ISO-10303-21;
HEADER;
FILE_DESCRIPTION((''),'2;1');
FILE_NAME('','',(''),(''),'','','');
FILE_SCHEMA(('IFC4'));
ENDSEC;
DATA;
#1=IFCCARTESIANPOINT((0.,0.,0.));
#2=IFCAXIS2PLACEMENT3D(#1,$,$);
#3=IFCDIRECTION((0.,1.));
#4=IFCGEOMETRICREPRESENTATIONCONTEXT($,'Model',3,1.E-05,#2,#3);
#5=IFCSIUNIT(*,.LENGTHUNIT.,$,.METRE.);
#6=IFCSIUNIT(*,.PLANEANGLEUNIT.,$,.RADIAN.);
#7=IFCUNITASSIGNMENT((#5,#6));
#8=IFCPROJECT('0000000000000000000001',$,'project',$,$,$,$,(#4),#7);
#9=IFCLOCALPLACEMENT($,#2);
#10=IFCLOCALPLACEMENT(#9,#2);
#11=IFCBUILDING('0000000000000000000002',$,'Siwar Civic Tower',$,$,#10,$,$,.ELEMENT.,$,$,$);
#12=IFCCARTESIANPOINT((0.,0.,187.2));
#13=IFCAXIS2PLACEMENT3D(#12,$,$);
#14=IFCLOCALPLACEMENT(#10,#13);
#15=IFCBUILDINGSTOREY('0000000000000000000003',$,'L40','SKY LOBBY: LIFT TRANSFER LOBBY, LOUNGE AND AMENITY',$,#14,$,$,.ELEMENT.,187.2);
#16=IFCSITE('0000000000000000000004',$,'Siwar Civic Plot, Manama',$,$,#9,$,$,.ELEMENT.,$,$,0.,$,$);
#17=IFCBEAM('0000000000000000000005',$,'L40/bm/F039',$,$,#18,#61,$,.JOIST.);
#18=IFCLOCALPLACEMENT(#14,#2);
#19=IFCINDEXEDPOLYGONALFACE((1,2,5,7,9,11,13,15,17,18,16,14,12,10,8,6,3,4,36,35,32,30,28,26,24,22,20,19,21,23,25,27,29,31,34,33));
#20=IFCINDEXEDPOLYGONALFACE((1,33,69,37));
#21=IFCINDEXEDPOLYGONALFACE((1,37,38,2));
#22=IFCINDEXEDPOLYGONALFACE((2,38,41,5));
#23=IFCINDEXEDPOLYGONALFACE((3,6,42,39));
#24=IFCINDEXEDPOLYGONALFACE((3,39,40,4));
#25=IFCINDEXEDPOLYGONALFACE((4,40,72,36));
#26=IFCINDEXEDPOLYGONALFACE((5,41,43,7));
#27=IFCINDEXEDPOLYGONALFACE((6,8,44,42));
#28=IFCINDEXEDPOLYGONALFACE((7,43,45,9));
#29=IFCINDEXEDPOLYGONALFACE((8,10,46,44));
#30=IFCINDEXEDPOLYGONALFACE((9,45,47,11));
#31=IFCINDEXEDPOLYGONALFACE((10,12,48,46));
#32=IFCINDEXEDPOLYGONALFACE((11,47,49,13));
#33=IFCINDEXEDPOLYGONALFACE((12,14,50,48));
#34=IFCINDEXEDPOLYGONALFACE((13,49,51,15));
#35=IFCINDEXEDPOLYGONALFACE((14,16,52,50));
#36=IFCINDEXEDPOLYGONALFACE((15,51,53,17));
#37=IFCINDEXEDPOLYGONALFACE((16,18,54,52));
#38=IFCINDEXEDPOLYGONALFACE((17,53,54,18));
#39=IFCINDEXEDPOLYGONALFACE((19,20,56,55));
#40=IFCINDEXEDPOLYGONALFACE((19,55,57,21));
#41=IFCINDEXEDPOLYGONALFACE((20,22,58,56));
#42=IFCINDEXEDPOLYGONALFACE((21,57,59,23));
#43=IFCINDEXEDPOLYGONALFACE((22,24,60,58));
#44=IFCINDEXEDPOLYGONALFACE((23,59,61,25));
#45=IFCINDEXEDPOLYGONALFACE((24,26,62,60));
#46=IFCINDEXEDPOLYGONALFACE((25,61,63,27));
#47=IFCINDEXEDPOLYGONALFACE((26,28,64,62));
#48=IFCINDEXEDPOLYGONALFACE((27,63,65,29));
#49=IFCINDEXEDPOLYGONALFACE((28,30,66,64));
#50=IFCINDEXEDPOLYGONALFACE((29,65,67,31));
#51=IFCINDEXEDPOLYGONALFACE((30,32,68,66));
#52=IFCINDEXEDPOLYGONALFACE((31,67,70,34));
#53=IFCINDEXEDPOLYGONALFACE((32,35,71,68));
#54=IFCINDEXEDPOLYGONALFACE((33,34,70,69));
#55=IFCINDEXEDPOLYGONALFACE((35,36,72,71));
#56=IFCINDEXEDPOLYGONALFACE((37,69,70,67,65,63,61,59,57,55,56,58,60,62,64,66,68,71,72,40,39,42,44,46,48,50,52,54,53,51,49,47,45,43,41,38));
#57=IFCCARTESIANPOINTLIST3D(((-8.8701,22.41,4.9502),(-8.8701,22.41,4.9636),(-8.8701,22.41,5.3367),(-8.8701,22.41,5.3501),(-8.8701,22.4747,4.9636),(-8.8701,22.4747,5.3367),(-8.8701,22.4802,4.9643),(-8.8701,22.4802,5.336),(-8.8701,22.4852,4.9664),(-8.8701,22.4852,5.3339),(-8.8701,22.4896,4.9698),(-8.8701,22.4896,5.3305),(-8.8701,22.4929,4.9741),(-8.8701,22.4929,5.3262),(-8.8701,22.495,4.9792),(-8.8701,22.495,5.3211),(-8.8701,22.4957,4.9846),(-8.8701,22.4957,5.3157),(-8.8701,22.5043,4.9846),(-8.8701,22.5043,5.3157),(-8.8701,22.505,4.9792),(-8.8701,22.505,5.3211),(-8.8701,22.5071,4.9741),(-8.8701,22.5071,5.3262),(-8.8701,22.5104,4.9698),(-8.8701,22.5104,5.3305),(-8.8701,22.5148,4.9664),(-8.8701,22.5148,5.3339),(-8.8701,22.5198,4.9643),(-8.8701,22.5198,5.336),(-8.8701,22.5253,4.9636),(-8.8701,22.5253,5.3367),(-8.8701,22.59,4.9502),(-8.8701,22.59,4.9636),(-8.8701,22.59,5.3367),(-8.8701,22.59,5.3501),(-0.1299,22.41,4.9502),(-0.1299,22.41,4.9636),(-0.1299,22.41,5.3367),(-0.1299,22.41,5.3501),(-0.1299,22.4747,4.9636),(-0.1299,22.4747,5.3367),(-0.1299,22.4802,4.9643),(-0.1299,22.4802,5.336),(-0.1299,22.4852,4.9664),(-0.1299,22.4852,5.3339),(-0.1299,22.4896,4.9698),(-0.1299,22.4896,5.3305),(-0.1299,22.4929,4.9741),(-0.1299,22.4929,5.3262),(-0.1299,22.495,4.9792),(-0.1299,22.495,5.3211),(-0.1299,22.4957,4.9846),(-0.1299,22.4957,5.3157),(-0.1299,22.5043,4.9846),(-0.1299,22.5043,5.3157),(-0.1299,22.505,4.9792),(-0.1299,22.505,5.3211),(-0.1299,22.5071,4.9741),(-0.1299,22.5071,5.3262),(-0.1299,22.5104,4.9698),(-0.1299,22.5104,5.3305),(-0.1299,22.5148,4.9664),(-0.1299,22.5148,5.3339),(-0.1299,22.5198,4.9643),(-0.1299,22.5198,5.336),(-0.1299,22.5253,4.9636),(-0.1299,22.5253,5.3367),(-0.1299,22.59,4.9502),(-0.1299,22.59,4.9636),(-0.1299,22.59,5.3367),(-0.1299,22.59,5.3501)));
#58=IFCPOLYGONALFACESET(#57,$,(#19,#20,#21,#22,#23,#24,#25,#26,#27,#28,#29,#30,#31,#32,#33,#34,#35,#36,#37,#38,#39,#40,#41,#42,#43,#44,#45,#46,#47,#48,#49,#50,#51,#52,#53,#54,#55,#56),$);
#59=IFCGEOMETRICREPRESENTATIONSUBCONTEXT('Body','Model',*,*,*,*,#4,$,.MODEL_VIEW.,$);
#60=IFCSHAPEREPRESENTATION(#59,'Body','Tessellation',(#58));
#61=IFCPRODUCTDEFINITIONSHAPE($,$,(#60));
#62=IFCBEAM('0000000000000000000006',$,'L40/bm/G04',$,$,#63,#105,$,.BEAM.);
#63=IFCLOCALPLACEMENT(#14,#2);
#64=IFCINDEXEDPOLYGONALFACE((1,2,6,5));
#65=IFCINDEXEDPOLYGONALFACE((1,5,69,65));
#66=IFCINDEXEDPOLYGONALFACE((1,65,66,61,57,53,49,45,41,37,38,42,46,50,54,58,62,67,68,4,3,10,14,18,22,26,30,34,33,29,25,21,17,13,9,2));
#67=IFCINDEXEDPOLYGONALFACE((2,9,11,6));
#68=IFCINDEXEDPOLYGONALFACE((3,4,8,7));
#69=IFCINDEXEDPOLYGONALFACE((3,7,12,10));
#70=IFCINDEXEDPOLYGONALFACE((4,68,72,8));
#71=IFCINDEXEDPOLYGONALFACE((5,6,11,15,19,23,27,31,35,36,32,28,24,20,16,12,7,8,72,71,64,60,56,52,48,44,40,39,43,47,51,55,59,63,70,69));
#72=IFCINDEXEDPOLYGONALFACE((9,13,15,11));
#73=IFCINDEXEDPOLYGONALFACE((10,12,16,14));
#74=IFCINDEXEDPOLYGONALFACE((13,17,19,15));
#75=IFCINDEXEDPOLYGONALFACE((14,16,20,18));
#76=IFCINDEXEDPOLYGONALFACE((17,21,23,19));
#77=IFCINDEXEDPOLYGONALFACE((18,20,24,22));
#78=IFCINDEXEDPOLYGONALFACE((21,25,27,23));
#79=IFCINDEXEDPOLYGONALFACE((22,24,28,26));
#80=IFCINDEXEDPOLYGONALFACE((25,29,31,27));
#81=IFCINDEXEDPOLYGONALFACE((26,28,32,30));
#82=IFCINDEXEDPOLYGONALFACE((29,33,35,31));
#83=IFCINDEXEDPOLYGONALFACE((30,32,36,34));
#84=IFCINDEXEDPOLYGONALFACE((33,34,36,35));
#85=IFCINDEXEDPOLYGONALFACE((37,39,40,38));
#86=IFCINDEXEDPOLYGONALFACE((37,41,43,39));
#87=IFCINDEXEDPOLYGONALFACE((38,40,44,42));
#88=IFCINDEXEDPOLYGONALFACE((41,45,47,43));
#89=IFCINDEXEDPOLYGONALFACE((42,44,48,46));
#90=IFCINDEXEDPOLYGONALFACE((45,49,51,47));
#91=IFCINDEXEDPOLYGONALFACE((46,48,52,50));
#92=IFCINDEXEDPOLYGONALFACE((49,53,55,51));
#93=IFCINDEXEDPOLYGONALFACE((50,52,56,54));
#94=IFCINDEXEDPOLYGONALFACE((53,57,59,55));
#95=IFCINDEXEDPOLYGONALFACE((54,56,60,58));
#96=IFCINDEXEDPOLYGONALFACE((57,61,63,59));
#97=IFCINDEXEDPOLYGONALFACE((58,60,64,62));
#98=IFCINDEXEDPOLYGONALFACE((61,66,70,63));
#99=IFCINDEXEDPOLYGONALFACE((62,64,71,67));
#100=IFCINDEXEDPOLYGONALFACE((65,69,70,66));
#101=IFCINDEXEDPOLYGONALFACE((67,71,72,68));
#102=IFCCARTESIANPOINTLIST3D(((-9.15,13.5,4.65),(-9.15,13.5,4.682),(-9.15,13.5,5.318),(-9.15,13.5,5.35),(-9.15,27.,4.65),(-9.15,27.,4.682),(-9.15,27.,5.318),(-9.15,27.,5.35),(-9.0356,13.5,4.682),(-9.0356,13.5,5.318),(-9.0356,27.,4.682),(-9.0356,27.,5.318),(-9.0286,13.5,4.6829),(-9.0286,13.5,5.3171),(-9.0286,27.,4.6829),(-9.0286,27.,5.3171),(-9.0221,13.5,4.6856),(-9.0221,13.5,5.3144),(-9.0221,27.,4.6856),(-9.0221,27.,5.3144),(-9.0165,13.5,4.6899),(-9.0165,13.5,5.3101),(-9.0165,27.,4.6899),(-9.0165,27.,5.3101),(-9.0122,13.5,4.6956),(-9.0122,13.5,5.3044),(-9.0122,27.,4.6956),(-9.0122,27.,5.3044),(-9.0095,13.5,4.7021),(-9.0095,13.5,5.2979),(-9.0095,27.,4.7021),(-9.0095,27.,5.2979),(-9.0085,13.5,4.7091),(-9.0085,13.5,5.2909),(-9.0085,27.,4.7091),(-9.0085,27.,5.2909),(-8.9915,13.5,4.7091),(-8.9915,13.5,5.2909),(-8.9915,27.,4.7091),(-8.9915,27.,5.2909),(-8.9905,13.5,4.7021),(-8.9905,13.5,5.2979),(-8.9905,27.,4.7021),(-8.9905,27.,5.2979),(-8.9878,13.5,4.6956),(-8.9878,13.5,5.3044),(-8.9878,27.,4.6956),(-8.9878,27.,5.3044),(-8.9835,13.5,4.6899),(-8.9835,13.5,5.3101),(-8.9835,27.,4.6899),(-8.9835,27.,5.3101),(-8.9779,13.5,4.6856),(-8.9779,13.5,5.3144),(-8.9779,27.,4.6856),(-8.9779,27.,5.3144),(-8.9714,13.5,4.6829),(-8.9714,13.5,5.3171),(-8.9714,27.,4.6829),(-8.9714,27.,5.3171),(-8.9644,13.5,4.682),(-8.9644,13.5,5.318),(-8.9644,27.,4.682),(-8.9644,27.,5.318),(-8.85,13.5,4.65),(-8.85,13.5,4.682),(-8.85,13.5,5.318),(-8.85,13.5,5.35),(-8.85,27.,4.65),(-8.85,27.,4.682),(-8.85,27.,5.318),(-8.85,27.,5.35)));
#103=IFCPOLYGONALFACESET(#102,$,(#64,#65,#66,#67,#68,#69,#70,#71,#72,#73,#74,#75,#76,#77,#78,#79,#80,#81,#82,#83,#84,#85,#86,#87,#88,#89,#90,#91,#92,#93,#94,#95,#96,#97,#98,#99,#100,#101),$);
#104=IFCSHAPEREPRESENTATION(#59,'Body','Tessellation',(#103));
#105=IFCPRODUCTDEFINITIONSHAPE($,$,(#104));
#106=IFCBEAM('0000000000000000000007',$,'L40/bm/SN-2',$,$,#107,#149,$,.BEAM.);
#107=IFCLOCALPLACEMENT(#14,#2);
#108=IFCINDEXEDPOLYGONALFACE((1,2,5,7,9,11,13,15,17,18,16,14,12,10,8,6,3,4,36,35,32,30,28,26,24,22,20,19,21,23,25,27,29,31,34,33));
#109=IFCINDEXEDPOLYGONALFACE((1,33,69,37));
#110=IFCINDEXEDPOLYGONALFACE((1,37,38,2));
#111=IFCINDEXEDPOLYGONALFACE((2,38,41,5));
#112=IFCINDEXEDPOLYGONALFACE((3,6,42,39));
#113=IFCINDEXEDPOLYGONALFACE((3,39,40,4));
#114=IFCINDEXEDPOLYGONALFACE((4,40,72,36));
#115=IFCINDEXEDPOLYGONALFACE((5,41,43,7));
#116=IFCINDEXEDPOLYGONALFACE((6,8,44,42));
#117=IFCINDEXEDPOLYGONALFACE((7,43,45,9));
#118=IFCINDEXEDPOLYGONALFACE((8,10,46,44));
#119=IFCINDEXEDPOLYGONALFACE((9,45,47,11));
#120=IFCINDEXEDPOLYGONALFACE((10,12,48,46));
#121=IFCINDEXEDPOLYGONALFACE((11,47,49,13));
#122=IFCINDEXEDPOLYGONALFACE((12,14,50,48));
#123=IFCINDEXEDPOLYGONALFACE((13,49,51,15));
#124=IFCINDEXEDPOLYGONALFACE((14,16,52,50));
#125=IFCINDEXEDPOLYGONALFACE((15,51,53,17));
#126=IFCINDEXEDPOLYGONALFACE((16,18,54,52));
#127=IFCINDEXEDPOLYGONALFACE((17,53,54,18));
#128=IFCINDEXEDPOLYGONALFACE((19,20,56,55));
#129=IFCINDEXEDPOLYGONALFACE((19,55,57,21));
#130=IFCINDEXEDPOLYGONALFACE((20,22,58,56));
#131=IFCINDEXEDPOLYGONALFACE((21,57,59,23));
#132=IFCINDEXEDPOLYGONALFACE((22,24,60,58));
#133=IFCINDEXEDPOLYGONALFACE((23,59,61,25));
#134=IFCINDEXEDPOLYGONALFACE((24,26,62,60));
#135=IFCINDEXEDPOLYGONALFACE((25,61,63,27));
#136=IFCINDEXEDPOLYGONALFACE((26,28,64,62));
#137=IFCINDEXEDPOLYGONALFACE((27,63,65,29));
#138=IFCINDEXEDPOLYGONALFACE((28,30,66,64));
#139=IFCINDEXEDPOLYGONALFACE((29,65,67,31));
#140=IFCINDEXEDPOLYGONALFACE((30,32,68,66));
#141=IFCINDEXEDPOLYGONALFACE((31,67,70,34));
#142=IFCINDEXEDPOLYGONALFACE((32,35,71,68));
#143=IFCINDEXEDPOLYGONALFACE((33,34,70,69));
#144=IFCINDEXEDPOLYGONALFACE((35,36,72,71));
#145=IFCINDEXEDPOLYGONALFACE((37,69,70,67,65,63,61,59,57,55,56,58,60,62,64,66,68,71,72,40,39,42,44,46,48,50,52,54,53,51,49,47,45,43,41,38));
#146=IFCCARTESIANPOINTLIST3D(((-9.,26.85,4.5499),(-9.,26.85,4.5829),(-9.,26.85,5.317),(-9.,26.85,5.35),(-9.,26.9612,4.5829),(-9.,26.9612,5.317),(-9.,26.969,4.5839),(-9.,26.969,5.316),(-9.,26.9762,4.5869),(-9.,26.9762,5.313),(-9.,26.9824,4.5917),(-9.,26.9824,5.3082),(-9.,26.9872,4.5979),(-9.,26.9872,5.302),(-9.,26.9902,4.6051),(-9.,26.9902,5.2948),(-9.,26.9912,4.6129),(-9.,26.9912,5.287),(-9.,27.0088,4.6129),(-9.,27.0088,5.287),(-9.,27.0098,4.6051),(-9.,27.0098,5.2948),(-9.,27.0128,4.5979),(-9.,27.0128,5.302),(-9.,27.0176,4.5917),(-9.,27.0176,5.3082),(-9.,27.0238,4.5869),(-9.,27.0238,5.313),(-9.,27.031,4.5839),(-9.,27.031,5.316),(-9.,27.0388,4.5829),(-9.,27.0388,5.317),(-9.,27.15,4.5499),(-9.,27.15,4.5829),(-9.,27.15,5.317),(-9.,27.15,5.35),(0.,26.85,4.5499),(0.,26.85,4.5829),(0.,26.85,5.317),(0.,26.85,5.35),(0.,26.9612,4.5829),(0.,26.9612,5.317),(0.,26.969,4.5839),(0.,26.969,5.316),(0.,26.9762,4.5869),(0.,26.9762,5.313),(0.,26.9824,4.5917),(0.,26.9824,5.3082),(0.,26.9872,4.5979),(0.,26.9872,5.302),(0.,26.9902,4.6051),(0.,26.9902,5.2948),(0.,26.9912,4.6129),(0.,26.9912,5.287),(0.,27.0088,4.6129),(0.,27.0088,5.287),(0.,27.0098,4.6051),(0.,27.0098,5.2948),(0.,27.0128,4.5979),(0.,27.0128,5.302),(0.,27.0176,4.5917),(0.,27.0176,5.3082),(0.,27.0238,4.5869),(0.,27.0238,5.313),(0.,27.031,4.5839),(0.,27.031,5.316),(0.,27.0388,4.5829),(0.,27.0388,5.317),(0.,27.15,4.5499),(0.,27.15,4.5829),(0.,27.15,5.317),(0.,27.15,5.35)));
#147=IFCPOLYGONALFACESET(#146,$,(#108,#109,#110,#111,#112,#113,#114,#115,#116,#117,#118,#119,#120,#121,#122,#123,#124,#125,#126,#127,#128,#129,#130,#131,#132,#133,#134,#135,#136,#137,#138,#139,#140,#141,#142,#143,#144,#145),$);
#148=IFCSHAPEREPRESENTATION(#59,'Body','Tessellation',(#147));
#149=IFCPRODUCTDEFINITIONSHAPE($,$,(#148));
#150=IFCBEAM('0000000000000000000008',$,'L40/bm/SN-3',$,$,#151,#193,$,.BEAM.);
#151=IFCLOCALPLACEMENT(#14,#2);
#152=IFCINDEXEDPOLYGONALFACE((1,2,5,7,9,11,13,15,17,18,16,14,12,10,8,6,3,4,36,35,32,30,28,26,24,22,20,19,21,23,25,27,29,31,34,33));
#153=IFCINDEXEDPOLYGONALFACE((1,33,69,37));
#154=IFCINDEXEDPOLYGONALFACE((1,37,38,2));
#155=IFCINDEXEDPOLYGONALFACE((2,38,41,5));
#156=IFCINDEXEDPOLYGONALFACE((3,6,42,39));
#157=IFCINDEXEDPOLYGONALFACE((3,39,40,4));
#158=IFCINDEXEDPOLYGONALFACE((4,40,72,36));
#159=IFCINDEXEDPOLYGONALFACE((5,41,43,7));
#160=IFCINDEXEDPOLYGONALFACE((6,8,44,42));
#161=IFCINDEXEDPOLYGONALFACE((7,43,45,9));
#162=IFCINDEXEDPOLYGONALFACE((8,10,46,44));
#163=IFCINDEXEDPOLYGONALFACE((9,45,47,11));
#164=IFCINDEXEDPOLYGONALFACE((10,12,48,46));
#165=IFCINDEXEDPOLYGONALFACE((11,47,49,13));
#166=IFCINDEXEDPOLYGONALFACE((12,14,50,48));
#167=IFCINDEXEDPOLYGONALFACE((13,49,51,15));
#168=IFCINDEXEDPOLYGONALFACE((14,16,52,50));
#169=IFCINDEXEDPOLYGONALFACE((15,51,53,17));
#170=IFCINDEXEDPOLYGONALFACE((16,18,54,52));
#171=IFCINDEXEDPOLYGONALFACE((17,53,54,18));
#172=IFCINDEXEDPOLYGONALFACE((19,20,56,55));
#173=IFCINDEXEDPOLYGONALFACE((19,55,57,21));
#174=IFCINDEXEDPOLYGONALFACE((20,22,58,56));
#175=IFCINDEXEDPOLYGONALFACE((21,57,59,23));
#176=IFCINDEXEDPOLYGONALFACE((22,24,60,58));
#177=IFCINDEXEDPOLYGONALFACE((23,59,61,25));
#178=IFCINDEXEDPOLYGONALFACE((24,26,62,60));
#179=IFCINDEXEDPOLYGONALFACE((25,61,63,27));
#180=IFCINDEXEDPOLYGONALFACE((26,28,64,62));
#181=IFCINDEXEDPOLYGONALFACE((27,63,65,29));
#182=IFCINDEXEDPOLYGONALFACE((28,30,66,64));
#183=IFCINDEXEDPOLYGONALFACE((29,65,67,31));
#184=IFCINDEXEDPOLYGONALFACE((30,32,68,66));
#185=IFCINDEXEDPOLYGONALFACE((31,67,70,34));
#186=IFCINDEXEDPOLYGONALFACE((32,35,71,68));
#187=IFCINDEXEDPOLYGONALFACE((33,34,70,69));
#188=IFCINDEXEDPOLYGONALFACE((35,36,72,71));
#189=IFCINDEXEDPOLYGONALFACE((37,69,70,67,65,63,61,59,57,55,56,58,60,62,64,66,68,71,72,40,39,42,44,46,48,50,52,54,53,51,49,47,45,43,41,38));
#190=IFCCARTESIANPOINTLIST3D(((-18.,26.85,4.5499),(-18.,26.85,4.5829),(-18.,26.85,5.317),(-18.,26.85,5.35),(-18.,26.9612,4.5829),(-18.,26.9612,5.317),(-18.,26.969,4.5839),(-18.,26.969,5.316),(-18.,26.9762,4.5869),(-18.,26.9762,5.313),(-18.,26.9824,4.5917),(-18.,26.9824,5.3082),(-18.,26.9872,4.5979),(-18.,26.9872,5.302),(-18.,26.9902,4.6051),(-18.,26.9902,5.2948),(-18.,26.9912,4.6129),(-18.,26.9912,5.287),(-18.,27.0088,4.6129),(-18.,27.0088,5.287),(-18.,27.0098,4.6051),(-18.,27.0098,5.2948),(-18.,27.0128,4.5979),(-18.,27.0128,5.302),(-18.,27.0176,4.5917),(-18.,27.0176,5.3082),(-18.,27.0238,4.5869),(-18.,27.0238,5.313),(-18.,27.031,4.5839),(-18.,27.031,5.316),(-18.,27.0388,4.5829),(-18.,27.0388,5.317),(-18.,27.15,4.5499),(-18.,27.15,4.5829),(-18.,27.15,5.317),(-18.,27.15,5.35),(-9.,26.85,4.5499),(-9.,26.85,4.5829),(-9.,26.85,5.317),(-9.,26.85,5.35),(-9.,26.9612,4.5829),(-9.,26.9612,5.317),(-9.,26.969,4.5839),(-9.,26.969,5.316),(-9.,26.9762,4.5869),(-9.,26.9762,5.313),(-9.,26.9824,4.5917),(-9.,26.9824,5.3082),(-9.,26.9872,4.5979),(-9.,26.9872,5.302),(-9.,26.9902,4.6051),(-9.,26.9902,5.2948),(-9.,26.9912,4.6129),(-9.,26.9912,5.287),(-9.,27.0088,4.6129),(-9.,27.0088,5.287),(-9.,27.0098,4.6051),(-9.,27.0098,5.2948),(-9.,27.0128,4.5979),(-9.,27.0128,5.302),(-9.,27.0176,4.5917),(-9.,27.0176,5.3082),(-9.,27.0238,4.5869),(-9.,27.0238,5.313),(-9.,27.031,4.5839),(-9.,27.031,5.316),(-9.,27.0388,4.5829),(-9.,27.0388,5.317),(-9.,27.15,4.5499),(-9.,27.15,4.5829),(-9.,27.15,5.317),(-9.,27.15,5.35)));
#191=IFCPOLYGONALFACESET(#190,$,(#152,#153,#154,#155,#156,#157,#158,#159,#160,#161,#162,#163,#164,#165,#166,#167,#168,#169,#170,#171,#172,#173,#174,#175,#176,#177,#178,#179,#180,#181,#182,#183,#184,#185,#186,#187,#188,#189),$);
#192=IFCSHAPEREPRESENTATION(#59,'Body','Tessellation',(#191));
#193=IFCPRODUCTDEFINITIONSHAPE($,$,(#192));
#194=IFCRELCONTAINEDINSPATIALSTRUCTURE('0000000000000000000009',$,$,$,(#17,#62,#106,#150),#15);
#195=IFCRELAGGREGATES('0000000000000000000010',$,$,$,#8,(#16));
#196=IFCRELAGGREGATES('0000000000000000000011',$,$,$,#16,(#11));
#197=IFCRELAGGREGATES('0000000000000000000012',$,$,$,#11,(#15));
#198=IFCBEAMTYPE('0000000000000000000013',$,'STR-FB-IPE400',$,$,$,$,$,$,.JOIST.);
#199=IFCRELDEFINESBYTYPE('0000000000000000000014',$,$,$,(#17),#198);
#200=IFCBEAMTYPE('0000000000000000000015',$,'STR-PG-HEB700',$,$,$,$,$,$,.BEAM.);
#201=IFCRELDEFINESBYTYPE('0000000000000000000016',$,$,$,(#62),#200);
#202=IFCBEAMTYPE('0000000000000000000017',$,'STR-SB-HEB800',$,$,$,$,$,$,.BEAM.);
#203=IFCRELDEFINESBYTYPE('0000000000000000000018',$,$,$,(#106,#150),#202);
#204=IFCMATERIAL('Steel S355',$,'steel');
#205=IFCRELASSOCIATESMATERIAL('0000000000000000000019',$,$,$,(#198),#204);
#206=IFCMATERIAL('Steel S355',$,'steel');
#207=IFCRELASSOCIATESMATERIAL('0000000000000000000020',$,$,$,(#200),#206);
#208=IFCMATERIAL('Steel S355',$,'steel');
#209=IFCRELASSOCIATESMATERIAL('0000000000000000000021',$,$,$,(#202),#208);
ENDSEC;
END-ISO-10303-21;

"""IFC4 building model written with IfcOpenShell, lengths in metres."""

from ifc_helpers import new_model, si_unit, direction, frame, origin, origin_2d, place, context, subcontext, project, spatial, i_section, extrude, material, material_profile, profile_set, type_object, element, save


model = new_model("IFC4")

# Units and contexts
model_context = context("Model", 3, precision=1e-05, world=origin(), true_north=direction((0.0, 1.0)))
body_context = subcontext(model_context, "Body", "Model", "MODEL_VIEW")
ifc_project = project(units=[si_unit("LENGTHUNIT", "METRE"), si_unit("PLANEANGLEUNIT", "RADIAN")], contexts=[model_context])

# Site, building, storey
site_placement = place(None, origin())
site = spatial("IfcSite", under=ifc_project, at=site_placement, Name="Siwar Civic Plot, Manama", CompositionType="ELEMENT", RefElevation=0.0)
building_placement = place(site_placement, origin())
building = spatial("IfcBuilding", under=site, at=building_placement, Name="Siwar Civic Tower", CompositionType="ELEMENT")
storey_placement = place(building_placement, frame((0.0, 0.0, 187.2)))
storey = spatial("IfcBuildingStorey", under=building, at=storey_placement, Name="L40", Description="SKY LOBBY: LIFT TRANSFER LOBBY, LOUNGE AND AMENITY", CompositionType="ELEMENT", Elevation=187.2)

# Beams
ifc_material_1 = material(Name="Steel S355", Category="steel")
ifc_material_profile_1 = material_profile(ifc_material_1, i_section(OverallWidth=0.1799, OverallDepth=0.3999, WebThickness=0.0085, FlangeThickness=0.0134, FilletRadius=0.021, at=origin_2d()), Name="IPE400")
ifc_profile_set_1 = profile_set([ifc_material_profile_1], Name="Steel S355")
beam_type_1 = type_object("IfcBeamType", Name="STR-FB-IPE400", PredefinedType="JOIST", material=ifc_profile_set_1)
for number, where, z_axis, x_axis, name in (
    (1, (-8.8701, 22.5, 5.1501), (1.0, 0.0, 0.0), (0.0, 1.0, 0.0), "L40/bm/F039"),
):
    element("IfcBeam", number, at=place(storey_placement, frame(where, z_axis=z_axis, x_axis=x_axis)), inside=storey, type_object=beam_type_1, Name=name, PredefinedType="JOIST", context=body_context, shape_type="SweptSolid", body=[
        extrude(i_section(OverallWidth=0.1799, OverallDepth=0.3999, WebThickness=0.0085, FlangeThickness=0.0134, FilletRadius=0.021, at=origin_2d()), origin(), (0.0, 0.0, 1.0), 8.7402),
    ])
ifc_material_2 = material(Name="Steel S355", Category="steel")
ifc_material_profile_2 = material_profile(ifc_material_2, i_section(OverallWidth=0.3, OverallDepth=0.7, WebThickness=0.0171, FlangeThickness=0.032, FilletRadius=0.0271, at=origin_2d()), Name="HEB700")
ifc_profile_set_2 = profile_set([ifc_material_profile_2], Name="Steel S355")
beam_type_2 = type_object("IfcBeamType", Name="STR-PG-HEB700", PredefinedType="BEAM", material=ifc_profile_set_2)
beam_1_placement = place(storey_placement, frame((-9.0, 13.5, 5.0), z_axis=(0.0, 1.0, 0.0), x_axis=(-1.0, 0.0, 0.0)))
element("IfcBeam", 2, at=beam_1_placement, inside=storey, type_object=beam_type_2, Name="L40/bm/G04", PredefinedType="BEAM", context=body_context, shape_type="SweptSolid", body=[
    extrude(i_section(OverallWidth=0.3, OverallDepth=0.7, WebThickness=0.0171, FlangeThickness=0.032, FilletRadius=0.0271, at=origin_2d()), origin(), (0.0, 0.0, 1.0), 13.5),
])
ifc_material_3 = material(Name="Steel S355", Category="steel")
ifc_material_profile_3 = material_profile(ifc_material_3, i_section(OverallWidth=0.3, OverallDepth=0.8, WebThickness=0.0176, FlangeThickness=0.033, FilletRadius=0.03, at=origin_2d()), Name="HEB800")
ifc_profile_set_3 = profile_set([ifc_material_profile_3], Name="Steel S355")
beam_type_3 = type_object("IfcBeamType", Name="STR-SB-HEB800", PredefinedType="BEAM", material=ifc_profile_set_3)
for number, where, z_axis, x_axis, name in (
    (3, (0.0, 27.0, 4.95), (-1.0, 0.0, 0.0), (0.0, -1.0, 0.0), "L40/bm/SN-2"),
    (4, (-9.0, 27.0, 4.95), (-1.0, 0.0, 0.0), (0.0, -1.0, 0.0), "L40/bm/SN-3"),
):
    element("IfcBeam", number, at=place(storey_placement, frame(where, z_axis=z_axis, x_axis=x_axis)), inside=storey, type_object=beam_type_3, Name=name, PredefinedType="BEAM", context=body_context, shape_type="SweptSolid", body=[
        extrude(i_section(OverallWidth=0.3, OverallDepth=0.8, WebThickness=0.0176, FlangeThickness=0.033, FilletRadius=0.03, at=origin_2d()), origin(), (0.0, 0.0, 1.0), 9.0),
    ])

save(model, "model.ifc")
